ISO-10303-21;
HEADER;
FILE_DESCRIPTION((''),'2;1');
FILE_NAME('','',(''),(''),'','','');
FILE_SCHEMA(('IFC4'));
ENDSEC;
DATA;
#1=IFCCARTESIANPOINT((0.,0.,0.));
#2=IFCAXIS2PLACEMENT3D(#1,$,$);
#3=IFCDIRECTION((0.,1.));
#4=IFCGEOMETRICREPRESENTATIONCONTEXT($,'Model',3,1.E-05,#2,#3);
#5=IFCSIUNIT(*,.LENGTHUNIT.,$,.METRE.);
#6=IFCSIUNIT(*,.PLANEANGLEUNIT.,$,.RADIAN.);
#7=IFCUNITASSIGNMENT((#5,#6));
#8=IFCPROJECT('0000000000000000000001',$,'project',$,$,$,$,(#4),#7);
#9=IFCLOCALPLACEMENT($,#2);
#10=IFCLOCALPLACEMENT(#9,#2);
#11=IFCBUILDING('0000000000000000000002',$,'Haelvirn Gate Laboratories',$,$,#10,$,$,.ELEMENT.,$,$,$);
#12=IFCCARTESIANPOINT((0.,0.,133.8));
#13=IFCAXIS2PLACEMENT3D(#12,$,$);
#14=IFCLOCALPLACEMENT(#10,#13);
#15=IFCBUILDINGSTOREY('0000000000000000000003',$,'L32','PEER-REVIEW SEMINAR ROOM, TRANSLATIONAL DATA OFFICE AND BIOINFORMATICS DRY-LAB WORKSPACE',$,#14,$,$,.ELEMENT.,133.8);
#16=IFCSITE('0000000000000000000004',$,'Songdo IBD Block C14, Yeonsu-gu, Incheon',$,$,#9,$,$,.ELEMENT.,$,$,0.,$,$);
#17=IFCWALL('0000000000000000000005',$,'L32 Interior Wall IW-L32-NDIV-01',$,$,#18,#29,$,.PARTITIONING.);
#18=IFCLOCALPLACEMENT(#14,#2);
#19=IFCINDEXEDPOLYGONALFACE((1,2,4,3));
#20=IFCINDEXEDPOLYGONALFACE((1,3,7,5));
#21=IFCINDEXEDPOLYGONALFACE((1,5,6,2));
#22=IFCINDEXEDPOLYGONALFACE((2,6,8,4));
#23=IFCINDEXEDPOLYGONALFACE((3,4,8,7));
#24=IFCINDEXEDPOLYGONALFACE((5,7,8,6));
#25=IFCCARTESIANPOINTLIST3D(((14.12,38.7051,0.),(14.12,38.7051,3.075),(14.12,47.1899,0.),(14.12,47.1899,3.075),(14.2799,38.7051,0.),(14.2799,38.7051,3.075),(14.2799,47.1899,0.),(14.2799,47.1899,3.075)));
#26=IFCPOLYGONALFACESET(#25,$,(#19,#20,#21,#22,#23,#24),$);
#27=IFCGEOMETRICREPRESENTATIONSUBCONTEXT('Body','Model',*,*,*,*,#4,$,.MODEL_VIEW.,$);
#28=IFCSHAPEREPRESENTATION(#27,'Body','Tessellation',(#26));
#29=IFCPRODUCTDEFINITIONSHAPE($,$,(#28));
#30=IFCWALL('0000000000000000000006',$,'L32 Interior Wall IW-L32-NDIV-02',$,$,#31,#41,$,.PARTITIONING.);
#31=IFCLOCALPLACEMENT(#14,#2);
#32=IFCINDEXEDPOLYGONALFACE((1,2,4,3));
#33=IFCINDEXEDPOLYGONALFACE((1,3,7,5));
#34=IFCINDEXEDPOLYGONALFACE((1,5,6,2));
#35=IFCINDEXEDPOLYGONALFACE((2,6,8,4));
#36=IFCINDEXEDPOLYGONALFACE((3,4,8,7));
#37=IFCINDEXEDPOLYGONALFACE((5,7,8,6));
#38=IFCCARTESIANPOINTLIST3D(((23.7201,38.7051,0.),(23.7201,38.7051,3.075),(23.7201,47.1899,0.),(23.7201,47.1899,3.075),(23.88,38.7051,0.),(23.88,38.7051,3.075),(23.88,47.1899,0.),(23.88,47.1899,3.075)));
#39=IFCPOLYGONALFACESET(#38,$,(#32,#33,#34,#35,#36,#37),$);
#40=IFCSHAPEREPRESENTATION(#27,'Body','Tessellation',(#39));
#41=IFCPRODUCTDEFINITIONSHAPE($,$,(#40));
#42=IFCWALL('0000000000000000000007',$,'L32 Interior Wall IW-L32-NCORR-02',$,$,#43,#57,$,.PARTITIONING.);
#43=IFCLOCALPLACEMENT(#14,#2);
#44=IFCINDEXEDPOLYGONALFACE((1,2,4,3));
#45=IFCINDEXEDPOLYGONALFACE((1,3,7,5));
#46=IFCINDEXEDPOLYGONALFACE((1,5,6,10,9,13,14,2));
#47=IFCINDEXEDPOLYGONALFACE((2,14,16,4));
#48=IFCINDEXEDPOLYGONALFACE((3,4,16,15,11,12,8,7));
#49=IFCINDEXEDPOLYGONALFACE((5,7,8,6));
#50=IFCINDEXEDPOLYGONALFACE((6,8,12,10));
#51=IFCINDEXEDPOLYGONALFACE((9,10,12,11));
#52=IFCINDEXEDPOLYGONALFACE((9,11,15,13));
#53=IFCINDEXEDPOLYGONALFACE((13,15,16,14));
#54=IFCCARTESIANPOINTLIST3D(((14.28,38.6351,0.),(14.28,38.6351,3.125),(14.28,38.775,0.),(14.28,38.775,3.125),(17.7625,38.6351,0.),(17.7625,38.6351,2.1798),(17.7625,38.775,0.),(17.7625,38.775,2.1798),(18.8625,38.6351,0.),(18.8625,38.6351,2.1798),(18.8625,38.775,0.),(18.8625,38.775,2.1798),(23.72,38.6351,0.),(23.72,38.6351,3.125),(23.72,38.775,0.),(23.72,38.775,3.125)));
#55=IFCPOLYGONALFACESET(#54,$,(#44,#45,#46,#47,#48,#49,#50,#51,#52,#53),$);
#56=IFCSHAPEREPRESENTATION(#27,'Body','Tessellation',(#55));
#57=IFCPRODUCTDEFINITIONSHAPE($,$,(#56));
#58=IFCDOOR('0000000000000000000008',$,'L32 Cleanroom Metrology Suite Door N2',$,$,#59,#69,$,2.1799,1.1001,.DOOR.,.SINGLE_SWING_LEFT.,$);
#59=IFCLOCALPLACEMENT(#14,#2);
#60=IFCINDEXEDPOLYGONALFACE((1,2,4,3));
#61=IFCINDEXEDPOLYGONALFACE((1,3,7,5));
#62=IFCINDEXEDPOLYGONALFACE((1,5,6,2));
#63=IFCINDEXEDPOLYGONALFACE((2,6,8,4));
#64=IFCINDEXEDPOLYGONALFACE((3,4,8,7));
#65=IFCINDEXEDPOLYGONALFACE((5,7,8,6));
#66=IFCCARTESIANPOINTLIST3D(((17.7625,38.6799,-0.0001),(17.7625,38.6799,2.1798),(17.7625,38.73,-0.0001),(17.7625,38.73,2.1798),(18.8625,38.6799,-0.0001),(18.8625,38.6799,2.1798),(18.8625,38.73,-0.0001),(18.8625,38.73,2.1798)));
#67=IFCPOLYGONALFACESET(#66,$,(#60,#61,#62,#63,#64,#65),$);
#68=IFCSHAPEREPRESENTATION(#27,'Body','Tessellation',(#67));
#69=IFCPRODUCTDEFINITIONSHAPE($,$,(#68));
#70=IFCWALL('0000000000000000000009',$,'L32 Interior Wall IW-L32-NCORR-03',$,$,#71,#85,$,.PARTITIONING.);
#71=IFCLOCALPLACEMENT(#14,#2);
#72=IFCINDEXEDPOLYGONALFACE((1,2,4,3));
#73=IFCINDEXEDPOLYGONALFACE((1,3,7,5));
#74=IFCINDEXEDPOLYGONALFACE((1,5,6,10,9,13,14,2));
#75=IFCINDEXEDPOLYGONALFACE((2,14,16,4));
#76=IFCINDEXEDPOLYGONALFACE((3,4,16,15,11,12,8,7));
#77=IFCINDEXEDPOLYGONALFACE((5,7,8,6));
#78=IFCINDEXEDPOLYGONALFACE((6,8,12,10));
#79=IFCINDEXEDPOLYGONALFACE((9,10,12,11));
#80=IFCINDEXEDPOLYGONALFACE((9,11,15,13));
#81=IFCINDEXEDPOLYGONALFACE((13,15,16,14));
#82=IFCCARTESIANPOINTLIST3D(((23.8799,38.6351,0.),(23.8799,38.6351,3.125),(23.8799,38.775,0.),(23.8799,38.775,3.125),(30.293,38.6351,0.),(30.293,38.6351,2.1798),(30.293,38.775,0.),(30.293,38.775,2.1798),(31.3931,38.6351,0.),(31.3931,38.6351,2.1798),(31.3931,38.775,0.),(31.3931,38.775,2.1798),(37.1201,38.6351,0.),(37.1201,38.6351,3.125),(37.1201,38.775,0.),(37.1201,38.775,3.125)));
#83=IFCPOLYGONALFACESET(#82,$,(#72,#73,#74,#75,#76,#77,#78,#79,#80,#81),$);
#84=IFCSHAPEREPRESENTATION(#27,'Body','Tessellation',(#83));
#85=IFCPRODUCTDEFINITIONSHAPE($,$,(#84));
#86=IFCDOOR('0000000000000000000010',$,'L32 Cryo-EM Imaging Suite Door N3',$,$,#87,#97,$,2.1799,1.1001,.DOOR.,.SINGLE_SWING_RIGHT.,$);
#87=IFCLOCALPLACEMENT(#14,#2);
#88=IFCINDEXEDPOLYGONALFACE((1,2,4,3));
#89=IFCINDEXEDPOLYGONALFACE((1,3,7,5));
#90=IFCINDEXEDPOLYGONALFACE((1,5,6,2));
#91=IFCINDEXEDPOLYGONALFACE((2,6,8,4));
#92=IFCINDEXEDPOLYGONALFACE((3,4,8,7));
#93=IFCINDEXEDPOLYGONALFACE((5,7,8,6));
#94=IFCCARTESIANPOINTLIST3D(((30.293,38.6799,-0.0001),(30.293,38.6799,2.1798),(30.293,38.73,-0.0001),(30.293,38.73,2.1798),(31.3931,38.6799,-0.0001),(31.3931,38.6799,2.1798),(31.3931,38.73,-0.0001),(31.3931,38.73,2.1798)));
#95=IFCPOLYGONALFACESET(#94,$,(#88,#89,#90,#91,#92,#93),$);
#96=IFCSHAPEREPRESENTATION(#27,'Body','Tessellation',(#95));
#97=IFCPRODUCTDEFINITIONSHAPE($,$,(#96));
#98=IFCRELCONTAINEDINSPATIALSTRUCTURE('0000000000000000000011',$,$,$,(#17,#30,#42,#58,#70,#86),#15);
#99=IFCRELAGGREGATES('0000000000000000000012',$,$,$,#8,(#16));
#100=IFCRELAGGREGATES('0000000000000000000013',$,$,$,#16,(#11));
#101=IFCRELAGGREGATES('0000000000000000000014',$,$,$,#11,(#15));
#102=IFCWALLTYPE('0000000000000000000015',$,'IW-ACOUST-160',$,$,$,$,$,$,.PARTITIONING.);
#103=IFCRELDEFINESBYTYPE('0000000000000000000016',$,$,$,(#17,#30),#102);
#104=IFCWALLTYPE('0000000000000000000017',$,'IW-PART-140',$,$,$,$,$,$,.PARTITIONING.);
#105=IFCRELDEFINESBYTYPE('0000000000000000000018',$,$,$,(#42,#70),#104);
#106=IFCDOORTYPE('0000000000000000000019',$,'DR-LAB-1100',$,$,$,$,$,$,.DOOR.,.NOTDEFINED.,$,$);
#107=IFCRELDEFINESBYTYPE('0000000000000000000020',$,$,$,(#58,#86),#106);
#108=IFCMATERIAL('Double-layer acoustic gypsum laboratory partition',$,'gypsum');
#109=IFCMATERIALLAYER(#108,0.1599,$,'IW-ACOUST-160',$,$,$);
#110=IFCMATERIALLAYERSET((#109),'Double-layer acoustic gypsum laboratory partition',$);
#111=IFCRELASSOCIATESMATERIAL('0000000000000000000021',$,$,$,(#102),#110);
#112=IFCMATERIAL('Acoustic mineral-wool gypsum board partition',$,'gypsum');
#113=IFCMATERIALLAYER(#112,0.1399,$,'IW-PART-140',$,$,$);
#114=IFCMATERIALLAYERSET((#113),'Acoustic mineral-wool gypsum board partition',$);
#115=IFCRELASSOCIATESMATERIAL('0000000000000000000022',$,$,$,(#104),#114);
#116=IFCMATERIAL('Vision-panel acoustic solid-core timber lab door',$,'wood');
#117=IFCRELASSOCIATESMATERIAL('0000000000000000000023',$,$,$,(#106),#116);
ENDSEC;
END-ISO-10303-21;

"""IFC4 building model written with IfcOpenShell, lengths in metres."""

from ifc_helpers import new_model, si_unit, direction, frame, frame_2d, origin, place, context, subcontext, project, spatial, rectangle, extrude, source, transform, mapped, material, layer, layer_set, type_object, type_shapes, element, fill, save


model = new_model("IFC4")

# Units and contexts
model_context = context("Model", 3, precision=1e-05, world=origin(), true_north=direction((0.0, 1.0)))
body_context = subcontext(model_context, "Body", "Model", "MODEL_VIEW")
ifc_project = project(units=[si_unit("LENGTHUNIT", "METRE"), si_unit("PLANEANGLEUNIT", "RADIAN")], contexts=[model_context])

# Site, building, storey
site_placement = place(None, origin())
site = spatial("IfcSite", under=ifc_project, at=site_placement, Name="Songdo IBD Block C14, Yeonsu-gu, Incheon", CompositionType="ELEMENT", RefElevation=0.0)
building_placement = place(site_placement, origin())
building = spatial("IfcBuilding", under=site, at=building_placement, Name="Haelvirn Gate Laboratories", CompositionType="ELEMENT")
storey_placement = place(building_placement, frame((0.0, 0.0, 133.8)))
storey = spatial("IfcBuildingStorey", under=building, at=storey_placement, Name="L32", Description="PEER-REVIEW SEMINAR ROOM, TRANSLATIONAL DATA OFFICE AND BIOINFORMATICS DRY-LAB WORKSPACE", CompositionType="ELEMENT", Elevation=133.8)

# Walls
ifc_material_1 = material(Name="Double-layer acoustic gypsum laboratory partition", Category="gypsum")
ifc_layer_1 = layer(ifc_material_1, 0.1599, Name="IW-ACOUST-160")
ifc_layer_set_1 = layer_set([ifc_layer_1], Name="Double-layer acoustic gypsum laboratory partition")
wall_type_1 = type_object("IfcWallType", Name="IW-ACOUST-160", PredefinedType="PARTITIONING", material=ifc_layer_set_1)
for number, where, z_axis, x_axis, name in (
    (1, (14.2, 38.7051, 0.0), (0.0, 0.0, 1.0), (0.0, 1.0, 0.0), "L32 Interior Wall IW-L32-NDIV-01"),
    (2, (23.8, 38.7051, 0.0), (0.0, 0.0, 1.0), (0.0, 1.0, 0.0), "L32 Interior Wall IW-L32-NDIV-02"),
):
    element("IfcWall", number, at=place(storey_placement, frame(where, z_axis=z_axis, x_axis=x_axis)), inside=storey, type_object=wall_type_1, Name=name, PredefinedType="PARTITIONING", context=body_context, shape_type="SweptSolid", body=[
        extrude(rectangle(XDim=8.4849, YDim=0.1599, at=frame_2d((4.2424, 0.0))), origin(), (0.0, 0.0, 1.0), 3.075),
    ])

# Walls, openings, doors
ifc_material_2 = material(Name="Acoustic mineral-wool gypsum board partition", Category="gypsum")
ifc_layer_2 = layer(ifc_material_2, 0.1399, Name="IW-PART-140")
ifc_layer_set_2 = layer_set([ifc_layer_2], Name="Acoustic mineral-wool gypsum board partition")
wall_type_2 = type_object("IfcWallType", Name="IW-PART-140", PredefinedType="PARTITIONING", material=ifc_layer_set_2)
wall_1_placement = place(storey_placement, frame((14.28, 38.7051, 0.0), z_axis=(0.0, 0.0, 1.0), x_axis=(1.0, 0.0, 0.0)))
wall_1 = element("IfcWall", 3, at=wall_1_placement, inside=storey, type_object=wall_type_2, Name="L32 Interior Wall IW-L32-NCORR-02", PredefinedType="PARTITIONING", context=body_context, shape_type="SweptSolid", body=[
    extrude(rectangle(XDim=9.4399, YDim=0.1399, at=frame_2d((4.72, 0.0))), origin(), (0.0, 0.0, 1.0), 3.125),
])
opening_1_placement = place(wall_1_placement, frame((3.4824, 0.0, 0.0)))
opening_1 = element("IfcOpeningElement", 4, at=opening_1_placement, cuts=wall_1, PredefinedType="OPENING", context=body_context, shape_type="SweptSolid", body=[
    extrude(rectangle(XDim=1.1001, YDim=2.1799, at=frame_2d((0.55, 1.0898))), frame((0.0, 0.0801, 0.0), z_axis=(0.0, -1.0, 0.0), x_axis=(1.0, 0.0, 0.0)), (0.0, 0.0, 1.0), 0.1599),
])
ifc_material_3 = material(Name="Vision-panel acoustic solid-core timber lab door", Category="wood")
door_type = type_object("IfcDoorType", Name="DR-LAB-1100", OperationType="NOTDEFINED", PredefinedType="DOOR", material=ifc_material_3)
shared_shape_1 = source(origin(), body_context, "Body", "SweptSolid", [
    extrude(rectangle(XDim=1.1001, YDim=2.1799, at=frame_2d((0.55, 1.0898))), frame((0.0, 0.0249, 0.0), z_axis=(0.0, -1.0, 0.0), x_axis=(1.0, 0.0, 0.0)), (0.0, 0.0, 1.0), 0.05),
])
type_shapes(door_type, [shared_shape_1])
door_1_placement = place(opening_1_placement, origin())
door_1 = element("IfcDoor", 5, at=door_1_placement, inside=storey, type_object=door_type, Name="L32 Cleanroom Metrology Suite Door N2", OperationType="SINGLE_SWING_LEFT", OverallHeight=2.1799, OverallWidth=1.1001, PredefinedType="DOOR", context=body_context, shape_type="MappedRepresentation", body=[
    mapped(shared_shape_1, transform((0.0, 0.0, 0.0), scale=1.0)),
])
fill(opening_1, door_1)
wall_2_placement = place(storey_placement, frame((23.8799, 38.7051, 0.0), z_axis=(0.0, 0.0, 1.0), x_axis=(1.0, 0.0, 0.0)))
wall_2 = element("IfcWall", 6, at=wall_2_placement, inside=storey, type_object=wall_type_2, Name="L32 Interior Wall IW-L32-NCORR-03", PredefinedType="PARTITIONING", context=body_context, shape_type="SweptSolid", body=[
    extrude(rectangle(XDim=13.2402, YDim=0.1399, at=frame_2d((6.6201, 0.0))), origin(), (0.0, 0.0, 1.0), 3.125),
])
opening_2_placement = place(wall_2_placement, frame((6.4131, 0.0, 0.0)))
opening_2 = element("IfcOpeningElement", 7, at=opening_2_placement, cuts=wall_2, PredefinedType="OPENING", context=body_context, shape_type="SweptSolid", body=[
    extrude(rectangle(XDim=1.1001, YDim=2.1799, at=frame_2d((0.55, 1.0898))), frame((0.0, 0.0801, 0.0), z_axis=(0.0, -1.0, 0.0), x_axis=(1.0, 0.0, 0.0)), (0.0, 0.0, 1.0), 0.1599),
])
door_2_placement = place(opening_2_placement, origin())
door_2 = element("IfcDoor", 8, at=door_2_placement, inside=storey, type_object=door_type, Name="L32 Cryo-EM Imaging Suite Door N3", OperationType="SINGLE_SWING_RIGHT", OverallHeight=2.1799, OverallWidth=1.1001, PredefinedType="DOOR", context=body_context, shape_type="MappedRepresentation", body=[
    mapped(shared_shape_1, transform((0.0, 0.0, 0.0), scale=1.0)),
])
fill(opening_2, door_2)

save(model, "model.ifc")
